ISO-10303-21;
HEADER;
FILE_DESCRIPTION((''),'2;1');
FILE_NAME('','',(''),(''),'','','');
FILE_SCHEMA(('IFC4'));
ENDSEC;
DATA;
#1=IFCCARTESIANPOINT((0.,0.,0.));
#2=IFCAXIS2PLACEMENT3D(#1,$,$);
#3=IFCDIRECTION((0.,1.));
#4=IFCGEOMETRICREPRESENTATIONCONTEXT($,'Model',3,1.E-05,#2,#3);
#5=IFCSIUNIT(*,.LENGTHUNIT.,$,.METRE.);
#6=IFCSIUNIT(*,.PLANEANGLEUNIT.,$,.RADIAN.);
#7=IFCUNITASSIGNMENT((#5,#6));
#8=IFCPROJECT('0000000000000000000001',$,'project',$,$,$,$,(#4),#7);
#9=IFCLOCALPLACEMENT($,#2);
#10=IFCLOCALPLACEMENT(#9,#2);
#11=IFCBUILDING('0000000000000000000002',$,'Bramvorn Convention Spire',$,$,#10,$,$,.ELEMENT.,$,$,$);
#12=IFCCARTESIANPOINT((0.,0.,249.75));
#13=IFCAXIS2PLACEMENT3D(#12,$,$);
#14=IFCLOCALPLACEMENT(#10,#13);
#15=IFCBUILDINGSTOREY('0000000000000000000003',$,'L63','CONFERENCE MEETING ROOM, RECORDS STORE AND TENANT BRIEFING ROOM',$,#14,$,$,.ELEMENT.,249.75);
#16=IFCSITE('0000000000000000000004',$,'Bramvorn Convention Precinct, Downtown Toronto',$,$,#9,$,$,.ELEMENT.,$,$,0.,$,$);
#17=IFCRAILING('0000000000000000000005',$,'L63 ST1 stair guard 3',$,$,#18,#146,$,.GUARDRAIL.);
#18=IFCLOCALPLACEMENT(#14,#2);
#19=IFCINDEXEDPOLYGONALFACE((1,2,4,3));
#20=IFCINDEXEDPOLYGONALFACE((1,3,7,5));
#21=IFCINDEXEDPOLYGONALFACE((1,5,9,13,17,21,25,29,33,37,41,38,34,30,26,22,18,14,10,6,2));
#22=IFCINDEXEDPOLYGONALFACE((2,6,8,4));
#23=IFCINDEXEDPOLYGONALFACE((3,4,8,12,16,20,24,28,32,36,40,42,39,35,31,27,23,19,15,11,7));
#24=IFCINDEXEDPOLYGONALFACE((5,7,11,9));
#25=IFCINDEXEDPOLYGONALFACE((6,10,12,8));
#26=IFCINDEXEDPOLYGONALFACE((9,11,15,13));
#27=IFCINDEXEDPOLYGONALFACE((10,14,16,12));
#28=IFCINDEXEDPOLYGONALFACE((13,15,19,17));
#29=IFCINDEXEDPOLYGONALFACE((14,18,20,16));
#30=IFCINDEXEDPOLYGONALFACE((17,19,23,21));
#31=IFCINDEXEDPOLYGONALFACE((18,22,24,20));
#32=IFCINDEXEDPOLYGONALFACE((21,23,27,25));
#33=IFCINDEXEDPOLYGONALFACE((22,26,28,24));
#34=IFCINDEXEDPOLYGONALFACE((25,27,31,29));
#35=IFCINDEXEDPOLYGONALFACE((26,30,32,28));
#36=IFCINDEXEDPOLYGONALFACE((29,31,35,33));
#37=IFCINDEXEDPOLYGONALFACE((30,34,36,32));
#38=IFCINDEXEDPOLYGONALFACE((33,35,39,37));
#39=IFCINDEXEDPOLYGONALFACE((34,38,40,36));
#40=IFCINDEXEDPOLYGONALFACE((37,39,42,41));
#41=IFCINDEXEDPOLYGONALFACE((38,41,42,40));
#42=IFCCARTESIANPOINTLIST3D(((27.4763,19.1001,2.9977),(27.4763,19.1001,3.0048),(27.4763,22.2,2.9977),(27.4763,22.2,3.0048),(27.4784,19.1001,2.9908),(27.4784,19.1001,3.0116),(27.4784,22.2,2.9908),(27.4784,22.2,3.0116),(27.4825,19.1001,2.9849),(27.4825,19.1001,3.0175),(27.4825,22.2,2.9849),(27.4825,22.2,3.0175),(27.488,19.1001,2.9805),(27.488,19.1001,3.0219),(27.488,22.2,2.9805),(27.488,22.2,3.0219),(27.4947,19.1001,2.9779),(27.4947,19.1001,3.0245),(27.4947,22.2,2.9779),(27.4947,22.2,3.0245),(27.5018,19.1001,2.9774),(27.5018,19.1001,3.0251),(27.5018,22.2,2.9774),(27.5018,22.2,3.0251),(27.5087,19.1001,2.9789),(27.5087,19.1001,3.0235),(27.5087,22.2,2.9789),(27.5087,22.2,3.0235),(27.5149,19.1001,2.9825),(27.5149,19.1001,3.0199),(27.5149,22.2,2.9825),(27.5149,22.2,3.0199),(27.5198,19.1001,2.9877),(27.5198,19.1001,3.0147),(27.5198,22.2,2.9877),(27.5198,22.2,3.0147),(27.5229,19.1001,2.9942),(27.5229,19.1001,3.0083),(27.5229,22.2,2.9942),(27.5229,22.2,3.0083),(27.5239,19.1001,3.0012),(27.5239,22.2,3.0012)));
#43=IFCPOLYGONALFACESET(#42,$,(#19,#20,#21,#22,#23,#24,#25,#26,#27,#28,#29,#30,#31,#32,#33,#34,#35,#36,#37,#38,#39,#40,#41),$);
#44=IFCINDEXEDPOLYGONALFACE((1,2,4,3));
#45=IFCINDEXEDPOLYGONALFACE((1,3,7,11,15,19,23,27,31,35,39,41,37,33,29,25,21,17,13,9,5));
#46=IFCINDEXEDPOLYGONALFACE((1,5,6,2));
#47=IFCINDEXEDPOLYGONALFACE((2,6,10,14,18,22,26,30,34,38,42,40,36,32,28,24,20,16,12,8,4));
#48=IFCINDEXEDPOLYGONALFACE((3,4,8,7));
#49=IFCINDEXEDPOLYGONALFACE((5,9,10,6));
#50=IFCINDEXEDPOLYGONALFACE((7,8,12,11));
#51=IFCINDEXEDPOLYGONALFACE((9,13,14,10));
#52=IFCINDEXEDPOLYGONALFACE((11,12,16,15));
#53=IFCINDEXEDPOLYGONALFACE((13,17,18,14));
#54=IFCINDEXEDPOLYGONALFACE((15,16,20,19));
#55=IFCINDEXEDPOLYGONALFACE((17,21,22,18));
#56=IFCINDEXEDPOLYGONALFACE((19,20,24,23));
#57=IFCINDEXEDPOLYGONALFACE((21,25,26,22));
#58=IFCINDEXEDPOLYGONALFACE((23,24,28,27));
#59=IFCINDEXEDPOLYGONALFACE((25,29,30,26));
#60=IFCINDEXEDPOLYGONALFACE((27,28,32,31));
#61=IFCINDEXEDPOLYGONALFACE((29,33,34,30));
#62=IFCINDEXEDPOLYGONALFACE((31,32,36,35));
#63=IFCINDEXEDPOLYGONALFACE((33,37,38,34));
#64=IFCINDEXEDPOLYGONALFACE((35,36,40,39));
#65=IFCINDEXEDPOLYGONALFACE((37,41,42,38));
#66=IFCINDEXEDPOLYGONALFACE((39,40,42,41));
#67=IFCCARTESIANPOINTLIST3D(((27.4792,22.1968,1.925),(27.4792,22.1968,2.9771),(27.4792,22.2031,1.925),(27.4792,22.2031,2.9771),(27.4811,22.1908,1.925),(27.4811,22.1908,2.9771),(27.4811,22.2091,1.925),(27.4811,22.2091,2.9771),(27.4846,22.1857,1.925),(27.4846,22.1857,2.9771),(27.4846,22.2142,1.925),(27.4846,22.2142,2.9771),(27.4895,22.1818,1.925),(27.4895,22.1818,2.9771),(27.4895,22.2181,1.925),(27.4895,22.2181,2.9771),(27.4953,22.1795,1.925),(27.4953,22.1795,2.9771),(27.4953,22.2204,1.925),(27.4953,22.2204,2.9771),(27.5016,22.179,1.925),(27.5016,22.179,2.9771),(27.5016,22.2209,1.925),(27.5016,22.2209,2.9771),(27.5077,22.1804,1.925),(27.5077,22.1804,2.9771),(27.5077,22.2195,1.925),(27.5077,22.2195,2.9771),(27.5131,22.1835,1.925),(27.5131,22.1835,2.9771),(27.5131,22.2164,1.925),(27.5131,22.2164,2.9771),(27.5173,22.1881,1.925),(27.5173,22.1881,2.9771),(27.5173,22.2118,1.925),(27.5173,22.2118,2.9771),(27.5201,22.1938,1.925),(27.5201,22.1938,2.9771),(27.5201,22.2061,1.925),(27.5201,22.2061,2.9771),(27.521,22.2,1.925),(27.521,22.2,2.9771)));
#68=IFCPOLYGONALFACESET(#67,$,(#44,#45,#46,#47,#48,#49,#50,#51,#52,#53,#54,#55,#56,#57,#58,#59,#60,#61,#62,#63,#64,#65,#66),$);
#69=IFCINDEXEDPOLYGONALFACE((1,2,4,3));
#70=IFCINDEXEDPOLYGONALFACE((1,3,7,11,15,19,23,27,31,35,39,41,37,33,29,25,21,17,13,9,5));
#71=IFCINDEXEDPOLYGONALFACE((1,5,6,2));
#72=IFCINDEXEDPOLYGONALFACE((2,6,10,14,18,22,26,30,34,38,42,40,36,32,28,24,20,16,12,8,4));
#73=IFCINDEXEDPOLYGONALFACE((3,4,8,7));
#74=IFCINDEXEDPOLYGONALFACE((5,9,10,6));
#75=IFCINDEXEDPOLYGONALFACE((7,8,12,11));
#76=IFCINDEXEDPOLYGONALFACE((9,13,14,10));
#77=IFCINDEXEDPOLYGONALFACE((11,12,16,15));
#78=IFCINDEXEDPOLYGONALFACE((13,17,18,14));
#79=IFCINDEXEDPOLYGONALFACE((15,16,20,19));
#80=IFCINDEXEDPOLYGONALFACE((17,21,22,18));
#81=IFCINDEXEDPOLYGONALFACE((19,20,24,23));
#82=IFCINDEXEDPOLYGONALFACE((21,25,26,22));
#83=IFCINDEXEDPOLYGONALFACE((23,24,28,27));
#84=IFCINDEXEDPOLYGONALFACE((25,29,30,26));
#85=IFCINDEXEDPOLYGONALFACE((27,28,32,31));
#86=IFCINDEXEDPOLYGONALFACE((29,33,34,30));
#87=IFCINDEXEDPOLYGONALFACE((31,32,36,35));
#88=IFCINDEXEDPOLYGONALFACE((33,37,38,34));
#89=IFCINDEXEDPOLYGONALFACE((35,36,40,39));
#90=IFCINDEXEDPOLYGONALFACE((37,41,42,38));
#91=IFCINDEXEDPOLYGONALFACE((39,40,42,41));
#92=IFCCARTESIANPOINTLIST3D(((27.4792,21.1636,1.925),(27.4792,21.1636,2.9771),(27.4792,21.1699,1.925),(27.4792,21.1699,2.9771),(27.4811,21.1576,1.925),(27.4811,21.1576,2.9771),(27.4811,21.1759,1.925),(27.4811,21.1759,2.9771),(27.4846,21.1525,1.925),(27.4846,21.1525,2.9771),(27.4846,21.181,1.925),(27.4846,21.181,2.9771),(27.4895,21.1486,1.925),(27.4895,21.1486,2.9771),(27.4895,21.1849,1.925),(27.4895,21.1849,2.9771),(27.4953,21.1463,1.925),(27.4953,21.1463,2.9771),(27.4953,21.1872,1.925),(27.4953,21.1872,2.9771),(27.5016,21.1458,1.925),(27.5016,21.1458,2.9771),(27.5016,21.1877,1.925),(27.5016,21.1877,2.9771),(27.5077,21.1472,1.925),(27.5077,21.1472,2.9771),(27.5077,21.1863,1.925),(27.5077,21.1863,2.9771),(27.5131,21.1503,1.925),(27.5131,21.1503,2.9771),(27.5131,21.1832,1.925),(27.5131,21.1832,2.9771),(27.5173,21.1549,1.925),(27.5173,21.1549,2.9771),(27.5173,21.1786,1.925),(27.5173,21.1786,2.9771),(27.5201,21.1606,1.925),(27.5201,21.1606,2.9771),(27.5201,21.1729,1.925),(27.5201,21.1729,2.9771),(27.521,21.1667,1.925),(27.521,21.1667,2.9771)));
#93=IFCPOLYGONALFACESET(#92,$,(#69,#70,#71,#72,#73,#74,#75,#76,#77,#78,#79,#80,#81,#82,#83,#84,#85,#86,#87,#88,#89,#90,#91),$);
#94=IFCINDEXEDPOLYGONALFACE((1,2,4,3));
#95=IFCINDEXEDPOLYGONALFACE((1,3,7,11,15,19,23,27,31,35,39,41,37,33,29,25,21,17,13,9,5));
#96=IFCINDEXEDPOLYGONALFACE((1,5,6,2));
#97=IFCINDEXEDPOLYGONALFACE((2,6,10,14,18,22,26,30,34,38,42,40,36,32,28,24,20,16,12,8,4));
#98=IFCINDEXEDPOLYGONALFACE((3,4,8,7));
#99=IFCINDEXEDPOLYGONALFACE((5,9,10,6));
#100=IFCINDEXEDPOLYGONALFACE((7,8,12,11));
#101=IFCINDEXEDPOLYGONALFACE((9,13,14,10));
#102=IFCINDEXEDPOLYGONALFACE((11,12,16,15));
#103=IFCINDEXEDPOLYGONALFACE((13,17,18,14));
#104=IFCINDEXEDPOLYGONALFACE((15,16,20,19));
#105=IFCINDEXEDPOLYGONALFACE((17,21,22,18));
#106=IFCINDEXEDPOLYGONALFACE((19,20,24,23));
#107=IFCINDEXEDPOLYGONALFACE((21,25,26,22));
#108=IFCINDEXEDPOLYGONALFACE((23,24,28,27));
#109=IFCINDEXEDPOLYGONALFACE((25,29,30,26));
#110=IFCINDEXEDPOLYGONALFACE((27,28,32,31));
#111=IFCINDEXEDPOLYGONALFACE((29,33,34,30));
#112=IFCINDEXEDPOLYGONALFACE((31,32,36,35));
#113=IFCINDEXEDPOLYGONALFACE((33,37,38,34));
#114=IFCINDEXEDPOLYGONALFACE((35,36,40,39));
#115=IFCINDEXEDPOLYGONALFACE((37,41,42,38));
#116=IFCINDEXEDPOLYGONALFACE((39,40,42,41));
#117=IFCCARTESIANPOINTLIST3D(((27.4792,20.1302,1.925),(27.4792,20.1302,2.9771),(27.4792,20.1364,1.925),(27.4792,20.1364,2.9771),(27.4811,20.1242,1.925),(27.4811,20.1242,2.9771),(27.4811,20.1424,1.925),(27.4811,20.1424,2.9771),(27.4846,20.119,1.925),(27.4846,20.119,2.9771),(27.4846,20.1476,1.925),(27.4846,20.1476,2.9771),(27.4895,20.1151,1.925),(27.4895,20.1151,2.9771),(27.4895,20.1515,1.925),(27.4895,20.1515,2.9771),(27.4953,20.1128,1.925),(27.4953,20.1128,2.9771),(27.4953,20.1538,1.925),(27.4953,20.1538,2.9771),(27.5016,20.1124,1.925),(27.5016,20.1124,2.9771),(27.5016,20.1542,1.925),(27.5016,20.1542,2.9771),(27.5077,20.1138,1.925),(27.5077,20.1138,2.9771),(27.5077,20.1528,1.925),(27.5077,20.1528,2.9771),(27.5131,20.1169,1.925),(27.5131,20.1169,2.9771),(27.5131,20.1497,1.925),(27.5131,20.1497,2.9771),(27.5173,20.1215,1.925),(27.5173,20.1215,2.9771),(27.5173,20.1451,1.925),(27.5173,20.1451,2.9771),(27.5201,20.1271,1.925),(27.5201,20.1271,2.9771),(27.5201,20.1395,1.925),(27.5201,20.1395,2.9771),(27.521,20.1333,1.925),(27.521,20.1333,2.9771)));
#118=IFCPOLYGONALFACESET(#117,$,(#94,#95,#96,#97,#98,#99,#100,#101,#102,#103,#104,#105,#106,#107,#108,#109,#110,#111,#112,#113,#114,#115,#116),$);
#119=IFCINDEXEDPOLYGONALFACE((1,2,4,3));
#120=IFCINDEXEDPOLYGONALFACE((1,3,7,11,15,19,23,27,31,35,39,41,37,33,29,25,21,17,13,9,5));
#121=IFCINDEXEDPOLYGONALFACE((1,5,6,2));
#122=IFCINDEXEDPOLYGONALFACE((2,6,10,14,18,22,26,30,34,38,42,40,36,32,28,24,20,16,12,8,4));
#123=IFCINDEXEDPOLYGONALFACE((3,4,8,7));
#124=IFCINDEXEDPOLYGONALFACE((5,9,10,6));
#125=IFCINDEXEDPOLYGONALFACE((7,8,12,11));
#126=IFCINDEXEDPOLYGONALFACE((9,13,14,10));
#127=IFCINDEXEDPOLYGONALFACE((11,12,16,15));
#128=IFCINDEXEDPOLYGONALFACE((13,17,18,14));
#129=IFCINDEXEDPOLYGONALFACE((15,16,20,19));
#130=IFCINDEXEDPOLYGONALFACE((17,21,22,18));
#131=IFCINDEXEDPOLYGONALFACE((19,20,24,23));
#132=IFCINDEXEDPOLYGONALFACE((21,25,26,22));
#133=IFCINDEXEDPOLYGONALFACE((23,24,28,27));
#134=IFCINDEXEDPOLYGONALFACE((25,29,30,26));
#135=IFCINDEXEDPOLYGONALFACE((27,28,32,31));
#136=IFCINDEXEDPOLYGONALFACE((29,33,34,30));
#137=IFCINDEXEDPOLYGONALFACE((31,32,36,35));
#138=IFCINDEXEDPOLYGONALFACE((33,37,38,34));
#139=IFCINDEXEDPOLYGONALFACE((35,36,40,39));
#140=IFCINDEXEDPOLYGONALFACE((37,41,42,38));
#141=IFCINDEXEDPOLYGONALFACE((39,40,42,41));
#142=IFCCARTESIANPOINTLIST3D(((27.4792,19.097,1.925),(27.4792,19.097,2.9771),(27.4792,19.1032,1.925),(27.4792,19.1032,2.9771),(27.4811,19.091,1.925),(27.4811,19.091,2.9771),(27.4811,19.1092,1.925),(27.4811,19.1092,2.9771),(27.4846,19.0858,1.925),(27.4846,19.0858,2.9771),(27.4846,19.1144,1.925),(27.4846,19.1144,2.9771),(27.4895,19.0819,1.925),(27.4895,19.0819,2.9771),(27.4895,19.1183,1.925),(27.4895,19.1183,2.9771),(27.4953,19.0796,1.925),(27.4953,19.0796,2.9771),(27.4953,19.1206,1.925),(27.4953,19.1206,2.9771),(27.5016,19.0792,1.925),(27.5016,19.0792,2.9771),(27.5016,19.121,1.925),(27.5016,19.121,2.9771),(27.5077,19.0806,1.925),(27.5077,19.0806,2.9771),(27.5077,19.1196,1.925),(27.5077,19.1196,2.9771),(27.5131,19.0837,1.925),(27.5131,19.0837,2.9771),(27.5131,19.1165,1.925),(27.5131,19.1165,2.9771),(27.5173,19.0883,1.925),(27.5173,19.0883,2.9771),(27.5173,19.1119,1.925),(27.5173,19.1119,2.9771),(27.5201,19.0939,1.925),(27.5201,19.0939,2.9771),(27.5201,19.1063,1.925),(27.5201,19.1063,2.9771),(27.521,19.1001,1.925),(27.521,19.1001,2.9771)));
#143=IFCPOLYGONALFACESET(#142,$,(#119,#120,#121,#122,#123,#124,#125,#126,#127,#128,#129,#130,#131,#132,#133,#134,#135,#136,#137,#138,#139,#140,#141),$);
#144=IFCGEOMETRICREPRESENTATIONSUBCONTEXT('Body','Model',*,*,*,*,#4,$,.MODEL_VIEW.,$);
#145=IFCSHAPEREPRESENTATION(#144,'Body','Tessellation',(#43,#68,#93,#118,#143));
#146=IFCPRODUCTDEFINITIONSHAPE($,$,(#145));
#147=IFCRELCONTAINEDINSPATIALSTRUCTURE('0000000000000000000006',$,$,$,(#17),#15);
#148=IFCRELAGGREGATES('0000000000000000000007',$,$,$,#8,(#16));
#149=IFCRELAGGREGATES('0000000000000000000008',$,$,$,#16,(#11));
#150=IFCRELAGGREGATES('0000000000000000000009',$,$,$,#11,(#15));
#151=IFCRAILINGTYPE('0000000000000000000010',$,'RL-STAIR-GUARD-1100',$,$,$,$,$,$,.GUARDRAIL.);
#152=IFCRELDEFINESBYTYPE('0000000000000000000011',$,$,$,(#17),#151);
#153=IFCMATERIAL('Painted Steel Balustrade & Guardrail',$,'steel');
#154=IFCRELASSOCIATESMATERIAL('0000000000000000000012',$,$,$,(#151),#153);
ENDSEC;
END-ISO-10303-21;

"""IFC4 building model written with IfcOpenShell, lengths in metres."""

from ifc_helpers import new_model, si_unit, direction, frame, origin, origin_2d, place, context, subcontext, project, spatial, circle, extrude, material, type_object, element, save


model = new_model("IFC4")

# Units and contexts
model_context = context("Model", 3, precision=1e-05, world=origin(), true_north=direction((0.0, 1.0)))
body_context = subcontext(model_context, "Body", "Model", "MODEL_VIEW")
ifc_project = project(units=[si_unit("LENGTHUNIT", "METRE"), si_unit("PLANEANGLEUNIT", "RADIAN")], contexts=[model_context])

# Site, building, storey
site_placement = place(None, origin())
site = spatial("IfcSite", under=ifc_project, at=site_placement, Name="Bramvorn Convention Precinct, Downtown Toronto", CompositionType="ELEMENT", RefElevation=0.0)
building_placement = place(site_placement, origin())
building = spatial("IfcBuilding", under=site, at=building_placement, Name="Bramvorn Convention Spire", CompositionType="ELEMENT")
storey_placement = place(building_placement, frame((0.0, 0.0, 249.75)))
storey = spatial("IfcBuildingStorey", under=building, at=storey_placement, Name="L63", Description="CONFERENCE MEETING ROOM, RECORDS STORE AND TENANT BRIEFING ROOM", CompositionType="ELEMENT", Elevation=249.75)

# Railing
ifc_material_1 = material(Name="Painted Steel Balustrade & Guardrail", Category="steel")
railing_type_1 = type_object("IfcRailingType", Name="RL-STAIR-GUARD-1100", PredefinedType="GUARDRAIL", material=ifc_material_1)
for number, where, name in (
    (1, (27.5, 22.2, 1.925), "L63 ST1 stair guard 3"),
):
    element("IfcRailing", number, at=place(storey_placement, frame(where)), inside=storey, type_object=railing_type_1, Name=name, PredefinedType="GUARDRAIL", context=body_context, shape_type="SweptSolid", body=[
        extrude(circle(Radius=0.0239, at=origin_2d()), frame((0.0, 0.0, 1.0762), z_axis=(0.0, -1.0, 0.0), x_axis=(1.0, 0.0, 0.0)), (0.0, 0.0, 1.0), 3.0999),
        extrude(circle(Radius=0.021, at=origin_2d()), origin(), (0.0, 0.0, 1.0), 1.052),
        extrude(circle(Radius=0.021, at=origin_2d()), frame((0.0, -1.0332, 0.0)), (0.0, 0.0, 1.0), 1.052),
        extrude(circle(Radius=0.021, at=origin_2d()), frame((0.0, -2.0667, 0.0)), (0.0, 0.0, 1.0), 1.052),
        extrude(circle(Radius=0.021, at=origin_2d()), frame((0.0, -3.0999, 0.0)), (0.0, 0.0, 1.0), 1.052),
    ])

save(model, "model.ifc")
